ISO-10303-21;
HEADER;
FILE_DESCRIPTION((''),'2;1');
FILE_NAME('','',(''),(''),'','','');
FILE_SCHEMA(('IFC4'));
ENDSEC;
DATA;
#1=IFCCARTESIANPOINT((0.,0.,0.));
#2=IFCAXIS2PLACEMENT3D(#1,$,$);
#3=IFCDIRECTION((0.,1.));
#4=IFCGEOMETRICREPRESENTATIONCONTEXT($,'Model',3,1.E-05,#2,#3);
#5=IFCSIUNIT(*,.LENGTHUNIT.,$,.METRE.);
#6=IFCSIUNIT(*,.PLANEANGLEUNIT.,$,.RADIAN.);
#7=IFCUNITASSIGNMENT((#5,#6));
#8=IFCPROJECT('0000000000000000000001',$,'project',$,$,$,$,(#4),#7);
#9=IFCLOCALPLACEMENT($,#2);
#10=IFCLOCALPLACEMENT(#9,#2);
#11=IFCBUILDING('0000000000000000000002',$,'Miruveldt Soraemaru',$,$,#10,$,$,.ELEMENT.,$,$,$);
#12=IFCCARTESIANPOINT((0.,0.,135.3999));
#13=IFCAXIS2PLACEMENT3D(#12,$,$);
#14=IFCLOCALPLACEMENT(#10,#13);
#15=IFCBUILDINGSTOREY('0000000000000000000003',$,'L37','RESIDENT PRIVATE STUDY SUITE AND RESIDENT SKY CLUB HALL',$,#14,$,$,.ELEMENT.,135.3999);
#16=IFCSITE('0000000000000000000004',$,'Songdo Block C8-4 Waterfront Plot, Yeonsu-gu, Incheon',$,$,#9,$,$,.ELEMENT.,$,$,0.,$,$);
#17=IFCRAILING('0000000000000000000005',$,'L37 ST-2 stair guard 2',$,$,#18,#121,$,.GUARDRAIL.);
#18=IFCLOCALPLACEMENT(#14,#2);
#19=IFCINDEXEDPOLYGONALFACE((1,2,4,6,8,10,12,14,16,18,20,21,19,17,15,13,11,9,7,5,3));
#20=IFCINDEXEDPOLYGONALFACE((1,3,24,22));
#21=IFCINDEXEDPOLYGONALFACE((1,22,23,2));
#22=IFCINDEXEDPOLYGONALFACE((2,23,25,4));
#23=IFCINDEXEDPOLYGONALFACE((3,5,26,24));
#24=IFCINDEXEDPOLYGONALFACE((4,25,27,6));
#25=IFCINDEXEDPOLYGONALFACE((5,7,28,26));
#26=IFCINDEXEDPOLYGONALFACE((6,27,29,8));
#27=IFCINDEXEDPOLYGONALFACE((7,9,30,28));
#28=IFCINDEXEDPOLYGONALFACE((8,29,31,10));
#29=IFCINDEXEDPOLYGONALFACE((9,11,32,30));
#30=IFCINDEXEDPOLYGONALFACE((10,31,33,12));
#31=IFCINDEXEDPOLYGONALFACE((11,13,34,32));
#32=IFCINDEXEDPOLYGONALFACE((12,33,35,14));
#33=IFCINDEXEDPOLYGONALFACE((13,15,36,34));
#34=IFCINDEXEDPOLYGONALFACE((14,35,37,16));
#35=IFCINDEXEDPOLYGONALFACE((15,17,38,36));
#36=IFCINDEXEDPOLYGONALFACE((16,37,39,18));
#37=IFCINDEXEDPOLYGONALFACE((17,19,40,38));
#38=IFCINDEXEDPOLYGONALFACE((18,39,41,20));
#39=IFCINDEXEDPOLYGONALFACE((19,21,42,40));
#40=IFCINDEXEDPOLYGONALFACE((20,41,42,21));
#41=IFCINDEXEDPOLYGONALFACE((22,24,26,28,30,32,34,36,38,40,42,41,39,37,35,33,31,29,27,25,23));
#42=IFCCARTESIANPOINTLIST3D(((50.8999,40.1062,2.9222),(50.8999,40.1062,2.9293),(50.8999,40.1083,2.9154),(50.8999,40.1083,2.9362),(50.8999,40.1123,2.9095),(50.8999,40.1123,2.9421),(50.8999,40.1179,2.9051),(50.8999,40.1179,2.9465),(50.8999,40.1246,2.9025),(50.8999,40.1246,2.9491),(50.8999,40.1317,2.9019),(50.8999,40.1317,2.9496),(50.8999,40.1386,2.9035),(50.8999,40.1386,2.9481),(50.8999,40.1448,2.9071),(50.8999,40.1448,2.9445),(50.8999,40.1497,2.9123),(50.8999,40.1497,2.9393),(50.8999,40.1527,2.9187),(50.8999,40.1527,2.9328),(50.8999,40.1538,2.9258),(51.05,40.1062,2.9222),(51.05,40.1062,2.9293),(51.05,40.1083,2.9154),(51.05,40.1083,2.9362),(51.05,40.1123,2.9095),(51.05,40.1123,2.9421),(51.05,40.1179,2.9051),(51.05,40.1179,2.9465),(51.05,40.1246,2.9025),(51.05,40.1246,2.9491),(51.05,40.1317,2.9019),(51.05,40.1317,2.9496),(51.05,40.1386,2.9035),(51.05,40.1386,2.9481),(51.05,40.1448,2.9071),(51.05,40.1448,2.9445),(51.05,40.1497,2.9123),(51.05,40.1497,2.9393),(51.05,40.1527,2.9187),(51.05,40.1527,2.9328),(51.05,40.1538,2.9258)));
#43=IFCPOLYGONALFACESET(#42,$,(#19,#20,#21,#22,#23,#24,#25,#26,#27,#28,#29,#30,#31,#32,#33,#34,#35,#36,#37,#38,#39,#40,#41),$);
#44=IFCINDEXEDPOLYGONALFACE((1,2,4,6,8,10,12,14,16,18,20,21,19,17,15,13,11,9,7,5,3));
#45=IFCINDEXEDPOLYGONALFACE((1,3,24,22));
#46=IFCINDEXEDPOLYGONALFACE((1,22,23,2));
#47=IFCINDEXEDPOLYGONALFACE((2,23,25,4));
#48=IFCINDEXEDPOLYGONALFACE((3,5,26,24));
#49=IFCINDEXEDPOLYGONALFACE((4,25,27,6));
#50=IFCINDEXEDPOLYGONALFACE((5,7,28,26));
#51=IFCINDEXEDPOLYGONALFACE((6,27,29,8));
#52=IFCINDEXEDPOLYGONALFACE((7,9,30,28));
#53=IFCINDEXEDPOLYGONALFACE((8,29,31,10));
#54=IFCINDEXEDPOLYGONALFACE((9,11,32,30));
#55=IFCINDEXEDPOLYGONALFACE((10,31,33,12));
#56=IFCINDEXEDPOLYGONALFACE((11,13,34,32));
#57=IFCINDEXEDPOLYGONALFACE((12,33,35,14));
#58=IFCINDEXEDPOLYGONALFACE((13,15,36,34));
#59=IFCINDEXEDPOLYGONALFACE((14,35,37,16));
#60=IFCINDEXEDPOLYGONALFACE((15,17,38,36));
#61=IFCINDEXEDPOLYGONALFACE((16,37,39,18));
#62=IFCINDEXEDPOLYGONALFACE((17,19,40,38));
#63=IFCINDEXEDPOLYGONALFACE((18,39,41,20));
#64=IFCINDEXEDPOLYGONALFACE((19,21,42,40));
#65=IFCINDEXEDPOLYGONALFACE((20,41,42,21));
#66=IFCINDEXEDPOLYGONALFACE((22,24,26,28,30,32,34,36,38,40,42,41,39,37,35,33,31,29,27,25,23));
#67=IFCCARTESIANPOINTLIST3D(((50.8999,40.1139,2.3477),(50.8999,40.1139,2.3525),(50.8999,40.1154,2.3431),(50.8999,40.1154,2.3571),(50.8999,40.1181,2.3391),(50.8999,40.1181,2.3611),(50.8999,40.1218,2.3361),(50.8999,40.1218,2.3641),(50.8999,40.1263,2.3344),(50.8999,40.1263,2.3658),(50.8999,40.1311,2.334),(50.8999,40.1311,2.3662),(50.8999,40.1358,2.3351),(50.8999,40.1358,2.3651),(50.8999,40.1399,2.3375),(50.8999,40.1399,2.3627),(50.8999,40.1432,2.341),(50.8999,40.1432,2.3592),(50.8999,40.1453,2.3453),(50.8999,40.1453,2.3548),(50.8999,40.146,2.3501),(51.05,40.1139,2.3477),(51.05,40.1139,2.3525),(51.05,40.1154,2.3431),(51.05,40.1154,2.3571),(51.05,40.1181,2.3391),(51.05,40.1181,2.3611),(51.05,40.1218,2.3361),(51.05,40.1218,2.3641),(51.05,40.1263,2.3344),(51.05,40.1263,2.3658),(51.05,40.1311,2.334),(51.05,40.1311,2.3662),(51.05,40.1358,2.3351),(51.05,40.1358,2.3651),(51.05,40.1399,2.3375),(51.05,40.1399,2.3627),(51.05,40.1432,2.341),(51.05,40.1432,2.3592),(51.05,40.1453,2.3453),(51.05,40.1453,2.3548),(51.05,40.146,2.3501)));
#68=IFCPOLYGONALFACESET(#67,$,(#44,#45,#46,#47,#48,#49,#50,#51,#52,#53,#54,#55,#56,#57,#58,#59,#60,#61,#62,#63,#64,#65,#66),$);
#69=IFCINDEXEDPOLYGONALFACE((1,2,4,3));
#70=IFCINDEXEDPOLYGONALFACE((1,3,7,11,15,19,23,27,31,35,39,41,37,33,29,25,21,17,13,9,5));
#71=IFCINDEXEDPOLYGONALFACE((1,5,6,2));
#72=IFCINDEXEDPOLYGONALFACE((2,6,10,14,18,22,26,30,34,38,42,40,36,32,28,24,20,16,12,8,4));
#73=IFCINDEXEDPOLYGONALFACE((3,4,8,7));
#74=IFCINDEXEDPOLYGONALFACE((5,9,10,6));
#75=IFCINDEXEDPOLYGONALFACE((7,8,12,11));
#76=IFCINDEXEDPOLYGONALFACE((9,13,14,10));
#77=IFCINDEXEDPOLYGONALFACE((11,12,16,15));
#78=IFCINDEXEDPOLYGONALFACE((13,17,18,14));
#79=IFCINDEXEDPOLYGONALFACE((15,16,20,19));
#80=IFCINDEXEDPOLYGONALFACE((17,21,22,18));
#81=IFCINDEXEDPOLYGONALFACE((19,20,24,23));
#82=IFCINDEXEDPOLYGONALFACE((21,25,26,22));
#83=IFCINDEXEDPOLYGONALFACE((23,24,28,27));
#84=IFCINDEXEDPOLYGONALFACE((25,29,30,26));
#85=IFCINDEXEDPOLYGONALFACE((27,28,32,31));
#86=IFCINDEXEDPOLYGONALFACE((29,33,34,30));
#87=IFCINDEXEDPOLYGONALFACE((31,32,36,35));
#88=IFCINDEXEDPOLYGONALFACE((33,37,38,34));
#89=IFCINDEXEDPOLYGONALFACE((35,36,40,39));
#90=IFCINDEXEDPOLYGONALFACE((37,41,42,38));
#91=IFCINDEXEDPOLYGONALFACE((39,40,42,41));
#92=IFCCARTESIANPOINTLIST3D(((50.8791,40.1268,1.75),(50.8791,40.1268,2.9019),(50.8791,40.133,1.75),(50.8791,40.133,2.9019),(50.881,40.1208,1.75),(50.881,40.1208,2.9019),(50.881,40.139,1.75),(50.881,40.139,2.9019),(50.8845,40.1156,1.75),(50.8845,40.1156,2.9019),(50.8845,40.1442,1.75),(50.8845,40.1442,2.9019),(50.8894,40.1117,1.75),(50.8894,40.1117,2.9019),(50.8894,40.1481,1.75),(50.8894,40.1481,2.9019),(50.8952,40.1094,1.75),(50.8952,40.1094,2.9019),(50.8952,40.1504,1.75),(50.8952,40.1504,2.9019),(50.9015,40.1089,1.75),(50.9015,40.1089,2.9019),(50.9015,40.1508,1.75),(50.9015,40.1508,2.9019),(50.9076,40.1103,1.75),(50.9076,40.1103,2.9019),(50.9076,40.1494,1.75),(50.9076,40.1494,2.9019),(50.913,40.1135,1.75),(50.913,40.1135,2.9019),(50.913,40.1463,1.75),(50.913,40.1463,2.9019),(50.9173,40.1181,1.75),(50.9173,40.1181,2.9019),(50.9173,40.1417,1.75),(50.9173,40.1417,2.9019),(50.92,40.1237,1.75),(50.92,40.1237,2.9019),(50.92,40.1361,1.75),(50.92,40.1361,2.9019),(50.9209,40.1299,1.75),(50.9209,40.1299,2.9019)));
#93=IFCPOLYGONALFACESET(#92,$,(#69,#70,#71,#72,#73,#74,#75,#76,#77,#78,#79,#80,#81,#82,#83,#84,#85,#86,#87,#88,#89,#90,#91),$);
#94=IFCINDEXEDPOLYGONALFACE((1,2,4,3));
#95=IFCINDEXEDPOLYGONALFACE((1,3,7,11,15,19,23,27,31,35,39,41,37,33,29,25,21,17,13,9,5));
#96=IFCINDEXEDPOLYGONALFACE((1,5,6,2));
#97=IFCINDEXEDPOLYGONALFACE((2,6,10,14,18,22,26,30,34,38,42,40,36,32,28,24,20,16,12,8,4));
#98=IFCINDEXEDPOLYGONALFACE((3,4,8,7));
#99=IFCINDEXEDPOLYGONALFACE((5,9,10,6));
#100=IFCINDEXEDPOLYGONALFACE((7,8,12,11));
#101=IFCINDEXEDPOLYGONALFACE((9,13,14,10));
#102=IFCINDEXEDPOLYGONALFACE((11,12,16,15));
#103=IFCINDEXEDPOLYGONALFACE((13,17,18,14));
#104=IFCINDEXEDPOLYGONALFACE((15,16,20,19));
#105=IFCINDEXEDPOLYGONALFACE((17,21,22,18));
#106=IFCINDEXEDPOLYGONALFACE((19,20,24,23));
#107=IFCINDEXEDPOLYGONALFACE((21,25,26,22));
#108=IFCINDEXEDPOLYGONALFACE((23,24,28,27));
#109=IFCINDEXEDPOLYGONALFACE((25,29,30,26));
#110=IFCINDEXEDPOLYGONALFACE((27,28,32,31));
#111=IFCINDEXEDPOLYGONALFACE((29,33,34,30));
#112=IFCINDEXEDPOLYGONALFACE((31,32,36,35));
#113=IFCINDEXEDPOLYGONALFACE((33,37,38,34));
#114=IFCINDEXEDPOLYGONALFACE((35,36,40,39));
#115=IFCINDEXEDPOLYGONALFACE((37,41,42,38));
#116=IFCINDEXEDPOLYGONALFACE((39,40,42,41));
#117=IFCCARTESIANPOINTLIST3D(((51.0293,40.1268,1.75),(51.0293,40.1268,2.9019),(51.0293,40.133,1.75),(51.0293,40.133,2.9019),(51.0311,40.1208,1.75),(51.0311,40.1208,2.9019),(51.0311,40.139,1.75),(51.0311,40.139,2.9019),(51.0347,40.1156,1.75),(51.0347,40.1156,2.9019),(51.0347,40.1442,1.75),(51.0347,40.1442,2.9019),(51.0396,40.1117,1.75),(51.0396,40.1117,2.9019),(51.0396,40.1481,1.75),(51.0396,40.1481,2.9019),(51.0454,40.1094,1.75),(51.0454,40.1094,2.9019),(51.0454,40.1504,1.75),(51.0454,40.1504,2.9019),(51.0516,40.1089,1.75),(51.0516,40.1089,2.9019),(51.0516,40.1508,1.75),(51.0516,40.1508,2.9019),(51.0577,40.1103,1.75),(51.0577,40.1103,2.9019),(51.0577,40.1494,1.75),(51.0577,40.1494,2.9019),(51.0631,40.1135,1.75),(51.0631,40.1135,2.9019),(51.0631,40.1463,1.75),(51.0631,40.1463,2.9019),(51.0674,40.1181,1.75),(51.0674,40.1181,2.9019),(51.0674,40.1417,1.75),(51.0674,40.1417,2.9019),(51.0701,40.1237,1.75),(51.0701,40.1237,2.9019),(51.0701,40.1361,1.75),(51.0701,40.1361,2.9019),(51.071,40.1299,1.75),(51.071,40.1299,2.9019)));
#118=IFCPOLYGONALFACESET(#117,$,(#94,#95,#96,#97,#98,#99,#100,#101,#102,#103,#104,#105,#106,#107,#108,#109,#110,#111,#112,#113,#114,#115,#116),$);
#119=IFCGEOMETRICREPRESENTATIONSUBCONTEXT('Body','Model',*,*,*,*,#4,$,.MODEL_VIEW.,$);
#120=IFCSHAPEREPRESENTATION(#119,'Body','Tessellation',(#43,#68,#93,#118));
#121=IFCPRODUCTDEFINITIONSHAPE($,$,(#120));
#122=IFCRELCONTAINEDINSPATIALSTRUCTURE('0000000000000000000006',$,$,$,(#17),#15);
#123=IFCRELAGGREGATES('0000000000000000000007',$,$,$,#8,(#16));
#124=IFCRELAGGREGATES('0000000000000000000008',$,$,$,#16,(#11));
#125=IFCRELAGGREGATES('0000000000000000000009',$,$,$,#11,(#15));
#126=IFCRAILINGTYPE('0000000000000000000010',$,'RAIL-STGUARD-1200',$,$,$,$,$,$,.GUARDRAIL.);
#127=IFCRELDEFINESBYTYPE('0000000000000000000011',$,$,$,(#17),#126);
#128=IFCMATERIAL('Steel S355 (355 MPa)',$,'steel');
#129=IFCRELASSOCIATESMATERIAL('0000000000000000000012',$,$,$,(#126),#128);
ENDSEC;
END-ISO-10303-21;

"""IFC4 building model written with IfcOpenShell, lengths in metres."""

from ifc_helpers import new_model, si_unit, direction, frame, origin, origin_2d, place, context, subcontext, project, spatial, circle, extrude, material, type_object, element, save


model = new_model("IFC4")

# Units and contexts
model_context = context("Model", 3, precision=1e-05, world=origin(), true_north=direction((0.0, 1.0)))
body_context = subcontext(model_context, "Body", "Model", "MODEL_VIEW")
ifc_project = project(units=[si_unit("LENGTHUNIT", "METRE"), si_unit("PLANEANGLEUNIT", "RADIAN")], contexts=[model_context])

# Site, building, storey
site_placement = place(None, origin())
site = spatial("IfcSite", under=ifc_project, at=site_placement, Name="Songdo Block C8-4 Waterfront Plot, Yeonsu-gu, Incheon", CompositionType="ELEMENT", RefElevation=0.0)
building_placement = place(site_placement, origin())
building = spatial("IfcBuilding", under=site, at=building_placement, Name="Miruveldt Soraemaru", CompositionType="ELEMENT")
storey_placement = place(building_placement, frame((0.0, 0.0, 135.3999)))
storey = spatial("IfcBuildingStorey", under=building, at=storey_placement, Name="L37", Description="RESIDENT PRIVATE STUDY SUITE AND RESIDENT SKY CLUB HALL", CompositionType="ELEMENT", Elevation=135.3999)

# Railing
ifc_material_1 = material(Name="Steel S355 (355 MPa)", Category="steel")
railing_type_1 = type_object("IfcRailingType", Name="RAIL-STGUARD-1200", PredefinedType="GUARDRAIL", material=ifc_material_1)
railing_1_placement = place(storey_placement, frame((50.8999, 40.1299, 1.75)))
element("IfcRailing", 1, at=railing_1_placement, inside=storey, type_object=railing_type_1, Name="L37 ST-2 stair guard 2", PredefinedType="GUARDRAIL", context=body_context, shape_type="SweptSolid", body=[
    extrude(circle(Radius=0.0239, at=origin_2d()), frame((0.0, 0.0, 1.1758), z_axis=(1.0, 0.0, 0.0), x_axis=(0.0, 1.0, 0.0)), (0.0, 0.0, 1.0), 0.1501),
    extrude(circle(Radius=0.0161, at=origin_2d()), frame((0.0, 0.0, 0.6001), z_axis=(1.0, 0.0, 0.0), x_axis=(0.0, 1.0, 0.0)), (0.0, 0.0, 1.0), 0.1501),
    extrude(circle(Radius=0.021, at=origin_2d()), origin(), (0.0, 0.0, 1.0), 1.1519),
    extrude(circle(Radius=0.021, at=origin_2d()), frame((0.1501, 0.0, 0.0)), (0.0, 0.0, 1.0), 1.1519),
])

save(model, "model.ifc")
